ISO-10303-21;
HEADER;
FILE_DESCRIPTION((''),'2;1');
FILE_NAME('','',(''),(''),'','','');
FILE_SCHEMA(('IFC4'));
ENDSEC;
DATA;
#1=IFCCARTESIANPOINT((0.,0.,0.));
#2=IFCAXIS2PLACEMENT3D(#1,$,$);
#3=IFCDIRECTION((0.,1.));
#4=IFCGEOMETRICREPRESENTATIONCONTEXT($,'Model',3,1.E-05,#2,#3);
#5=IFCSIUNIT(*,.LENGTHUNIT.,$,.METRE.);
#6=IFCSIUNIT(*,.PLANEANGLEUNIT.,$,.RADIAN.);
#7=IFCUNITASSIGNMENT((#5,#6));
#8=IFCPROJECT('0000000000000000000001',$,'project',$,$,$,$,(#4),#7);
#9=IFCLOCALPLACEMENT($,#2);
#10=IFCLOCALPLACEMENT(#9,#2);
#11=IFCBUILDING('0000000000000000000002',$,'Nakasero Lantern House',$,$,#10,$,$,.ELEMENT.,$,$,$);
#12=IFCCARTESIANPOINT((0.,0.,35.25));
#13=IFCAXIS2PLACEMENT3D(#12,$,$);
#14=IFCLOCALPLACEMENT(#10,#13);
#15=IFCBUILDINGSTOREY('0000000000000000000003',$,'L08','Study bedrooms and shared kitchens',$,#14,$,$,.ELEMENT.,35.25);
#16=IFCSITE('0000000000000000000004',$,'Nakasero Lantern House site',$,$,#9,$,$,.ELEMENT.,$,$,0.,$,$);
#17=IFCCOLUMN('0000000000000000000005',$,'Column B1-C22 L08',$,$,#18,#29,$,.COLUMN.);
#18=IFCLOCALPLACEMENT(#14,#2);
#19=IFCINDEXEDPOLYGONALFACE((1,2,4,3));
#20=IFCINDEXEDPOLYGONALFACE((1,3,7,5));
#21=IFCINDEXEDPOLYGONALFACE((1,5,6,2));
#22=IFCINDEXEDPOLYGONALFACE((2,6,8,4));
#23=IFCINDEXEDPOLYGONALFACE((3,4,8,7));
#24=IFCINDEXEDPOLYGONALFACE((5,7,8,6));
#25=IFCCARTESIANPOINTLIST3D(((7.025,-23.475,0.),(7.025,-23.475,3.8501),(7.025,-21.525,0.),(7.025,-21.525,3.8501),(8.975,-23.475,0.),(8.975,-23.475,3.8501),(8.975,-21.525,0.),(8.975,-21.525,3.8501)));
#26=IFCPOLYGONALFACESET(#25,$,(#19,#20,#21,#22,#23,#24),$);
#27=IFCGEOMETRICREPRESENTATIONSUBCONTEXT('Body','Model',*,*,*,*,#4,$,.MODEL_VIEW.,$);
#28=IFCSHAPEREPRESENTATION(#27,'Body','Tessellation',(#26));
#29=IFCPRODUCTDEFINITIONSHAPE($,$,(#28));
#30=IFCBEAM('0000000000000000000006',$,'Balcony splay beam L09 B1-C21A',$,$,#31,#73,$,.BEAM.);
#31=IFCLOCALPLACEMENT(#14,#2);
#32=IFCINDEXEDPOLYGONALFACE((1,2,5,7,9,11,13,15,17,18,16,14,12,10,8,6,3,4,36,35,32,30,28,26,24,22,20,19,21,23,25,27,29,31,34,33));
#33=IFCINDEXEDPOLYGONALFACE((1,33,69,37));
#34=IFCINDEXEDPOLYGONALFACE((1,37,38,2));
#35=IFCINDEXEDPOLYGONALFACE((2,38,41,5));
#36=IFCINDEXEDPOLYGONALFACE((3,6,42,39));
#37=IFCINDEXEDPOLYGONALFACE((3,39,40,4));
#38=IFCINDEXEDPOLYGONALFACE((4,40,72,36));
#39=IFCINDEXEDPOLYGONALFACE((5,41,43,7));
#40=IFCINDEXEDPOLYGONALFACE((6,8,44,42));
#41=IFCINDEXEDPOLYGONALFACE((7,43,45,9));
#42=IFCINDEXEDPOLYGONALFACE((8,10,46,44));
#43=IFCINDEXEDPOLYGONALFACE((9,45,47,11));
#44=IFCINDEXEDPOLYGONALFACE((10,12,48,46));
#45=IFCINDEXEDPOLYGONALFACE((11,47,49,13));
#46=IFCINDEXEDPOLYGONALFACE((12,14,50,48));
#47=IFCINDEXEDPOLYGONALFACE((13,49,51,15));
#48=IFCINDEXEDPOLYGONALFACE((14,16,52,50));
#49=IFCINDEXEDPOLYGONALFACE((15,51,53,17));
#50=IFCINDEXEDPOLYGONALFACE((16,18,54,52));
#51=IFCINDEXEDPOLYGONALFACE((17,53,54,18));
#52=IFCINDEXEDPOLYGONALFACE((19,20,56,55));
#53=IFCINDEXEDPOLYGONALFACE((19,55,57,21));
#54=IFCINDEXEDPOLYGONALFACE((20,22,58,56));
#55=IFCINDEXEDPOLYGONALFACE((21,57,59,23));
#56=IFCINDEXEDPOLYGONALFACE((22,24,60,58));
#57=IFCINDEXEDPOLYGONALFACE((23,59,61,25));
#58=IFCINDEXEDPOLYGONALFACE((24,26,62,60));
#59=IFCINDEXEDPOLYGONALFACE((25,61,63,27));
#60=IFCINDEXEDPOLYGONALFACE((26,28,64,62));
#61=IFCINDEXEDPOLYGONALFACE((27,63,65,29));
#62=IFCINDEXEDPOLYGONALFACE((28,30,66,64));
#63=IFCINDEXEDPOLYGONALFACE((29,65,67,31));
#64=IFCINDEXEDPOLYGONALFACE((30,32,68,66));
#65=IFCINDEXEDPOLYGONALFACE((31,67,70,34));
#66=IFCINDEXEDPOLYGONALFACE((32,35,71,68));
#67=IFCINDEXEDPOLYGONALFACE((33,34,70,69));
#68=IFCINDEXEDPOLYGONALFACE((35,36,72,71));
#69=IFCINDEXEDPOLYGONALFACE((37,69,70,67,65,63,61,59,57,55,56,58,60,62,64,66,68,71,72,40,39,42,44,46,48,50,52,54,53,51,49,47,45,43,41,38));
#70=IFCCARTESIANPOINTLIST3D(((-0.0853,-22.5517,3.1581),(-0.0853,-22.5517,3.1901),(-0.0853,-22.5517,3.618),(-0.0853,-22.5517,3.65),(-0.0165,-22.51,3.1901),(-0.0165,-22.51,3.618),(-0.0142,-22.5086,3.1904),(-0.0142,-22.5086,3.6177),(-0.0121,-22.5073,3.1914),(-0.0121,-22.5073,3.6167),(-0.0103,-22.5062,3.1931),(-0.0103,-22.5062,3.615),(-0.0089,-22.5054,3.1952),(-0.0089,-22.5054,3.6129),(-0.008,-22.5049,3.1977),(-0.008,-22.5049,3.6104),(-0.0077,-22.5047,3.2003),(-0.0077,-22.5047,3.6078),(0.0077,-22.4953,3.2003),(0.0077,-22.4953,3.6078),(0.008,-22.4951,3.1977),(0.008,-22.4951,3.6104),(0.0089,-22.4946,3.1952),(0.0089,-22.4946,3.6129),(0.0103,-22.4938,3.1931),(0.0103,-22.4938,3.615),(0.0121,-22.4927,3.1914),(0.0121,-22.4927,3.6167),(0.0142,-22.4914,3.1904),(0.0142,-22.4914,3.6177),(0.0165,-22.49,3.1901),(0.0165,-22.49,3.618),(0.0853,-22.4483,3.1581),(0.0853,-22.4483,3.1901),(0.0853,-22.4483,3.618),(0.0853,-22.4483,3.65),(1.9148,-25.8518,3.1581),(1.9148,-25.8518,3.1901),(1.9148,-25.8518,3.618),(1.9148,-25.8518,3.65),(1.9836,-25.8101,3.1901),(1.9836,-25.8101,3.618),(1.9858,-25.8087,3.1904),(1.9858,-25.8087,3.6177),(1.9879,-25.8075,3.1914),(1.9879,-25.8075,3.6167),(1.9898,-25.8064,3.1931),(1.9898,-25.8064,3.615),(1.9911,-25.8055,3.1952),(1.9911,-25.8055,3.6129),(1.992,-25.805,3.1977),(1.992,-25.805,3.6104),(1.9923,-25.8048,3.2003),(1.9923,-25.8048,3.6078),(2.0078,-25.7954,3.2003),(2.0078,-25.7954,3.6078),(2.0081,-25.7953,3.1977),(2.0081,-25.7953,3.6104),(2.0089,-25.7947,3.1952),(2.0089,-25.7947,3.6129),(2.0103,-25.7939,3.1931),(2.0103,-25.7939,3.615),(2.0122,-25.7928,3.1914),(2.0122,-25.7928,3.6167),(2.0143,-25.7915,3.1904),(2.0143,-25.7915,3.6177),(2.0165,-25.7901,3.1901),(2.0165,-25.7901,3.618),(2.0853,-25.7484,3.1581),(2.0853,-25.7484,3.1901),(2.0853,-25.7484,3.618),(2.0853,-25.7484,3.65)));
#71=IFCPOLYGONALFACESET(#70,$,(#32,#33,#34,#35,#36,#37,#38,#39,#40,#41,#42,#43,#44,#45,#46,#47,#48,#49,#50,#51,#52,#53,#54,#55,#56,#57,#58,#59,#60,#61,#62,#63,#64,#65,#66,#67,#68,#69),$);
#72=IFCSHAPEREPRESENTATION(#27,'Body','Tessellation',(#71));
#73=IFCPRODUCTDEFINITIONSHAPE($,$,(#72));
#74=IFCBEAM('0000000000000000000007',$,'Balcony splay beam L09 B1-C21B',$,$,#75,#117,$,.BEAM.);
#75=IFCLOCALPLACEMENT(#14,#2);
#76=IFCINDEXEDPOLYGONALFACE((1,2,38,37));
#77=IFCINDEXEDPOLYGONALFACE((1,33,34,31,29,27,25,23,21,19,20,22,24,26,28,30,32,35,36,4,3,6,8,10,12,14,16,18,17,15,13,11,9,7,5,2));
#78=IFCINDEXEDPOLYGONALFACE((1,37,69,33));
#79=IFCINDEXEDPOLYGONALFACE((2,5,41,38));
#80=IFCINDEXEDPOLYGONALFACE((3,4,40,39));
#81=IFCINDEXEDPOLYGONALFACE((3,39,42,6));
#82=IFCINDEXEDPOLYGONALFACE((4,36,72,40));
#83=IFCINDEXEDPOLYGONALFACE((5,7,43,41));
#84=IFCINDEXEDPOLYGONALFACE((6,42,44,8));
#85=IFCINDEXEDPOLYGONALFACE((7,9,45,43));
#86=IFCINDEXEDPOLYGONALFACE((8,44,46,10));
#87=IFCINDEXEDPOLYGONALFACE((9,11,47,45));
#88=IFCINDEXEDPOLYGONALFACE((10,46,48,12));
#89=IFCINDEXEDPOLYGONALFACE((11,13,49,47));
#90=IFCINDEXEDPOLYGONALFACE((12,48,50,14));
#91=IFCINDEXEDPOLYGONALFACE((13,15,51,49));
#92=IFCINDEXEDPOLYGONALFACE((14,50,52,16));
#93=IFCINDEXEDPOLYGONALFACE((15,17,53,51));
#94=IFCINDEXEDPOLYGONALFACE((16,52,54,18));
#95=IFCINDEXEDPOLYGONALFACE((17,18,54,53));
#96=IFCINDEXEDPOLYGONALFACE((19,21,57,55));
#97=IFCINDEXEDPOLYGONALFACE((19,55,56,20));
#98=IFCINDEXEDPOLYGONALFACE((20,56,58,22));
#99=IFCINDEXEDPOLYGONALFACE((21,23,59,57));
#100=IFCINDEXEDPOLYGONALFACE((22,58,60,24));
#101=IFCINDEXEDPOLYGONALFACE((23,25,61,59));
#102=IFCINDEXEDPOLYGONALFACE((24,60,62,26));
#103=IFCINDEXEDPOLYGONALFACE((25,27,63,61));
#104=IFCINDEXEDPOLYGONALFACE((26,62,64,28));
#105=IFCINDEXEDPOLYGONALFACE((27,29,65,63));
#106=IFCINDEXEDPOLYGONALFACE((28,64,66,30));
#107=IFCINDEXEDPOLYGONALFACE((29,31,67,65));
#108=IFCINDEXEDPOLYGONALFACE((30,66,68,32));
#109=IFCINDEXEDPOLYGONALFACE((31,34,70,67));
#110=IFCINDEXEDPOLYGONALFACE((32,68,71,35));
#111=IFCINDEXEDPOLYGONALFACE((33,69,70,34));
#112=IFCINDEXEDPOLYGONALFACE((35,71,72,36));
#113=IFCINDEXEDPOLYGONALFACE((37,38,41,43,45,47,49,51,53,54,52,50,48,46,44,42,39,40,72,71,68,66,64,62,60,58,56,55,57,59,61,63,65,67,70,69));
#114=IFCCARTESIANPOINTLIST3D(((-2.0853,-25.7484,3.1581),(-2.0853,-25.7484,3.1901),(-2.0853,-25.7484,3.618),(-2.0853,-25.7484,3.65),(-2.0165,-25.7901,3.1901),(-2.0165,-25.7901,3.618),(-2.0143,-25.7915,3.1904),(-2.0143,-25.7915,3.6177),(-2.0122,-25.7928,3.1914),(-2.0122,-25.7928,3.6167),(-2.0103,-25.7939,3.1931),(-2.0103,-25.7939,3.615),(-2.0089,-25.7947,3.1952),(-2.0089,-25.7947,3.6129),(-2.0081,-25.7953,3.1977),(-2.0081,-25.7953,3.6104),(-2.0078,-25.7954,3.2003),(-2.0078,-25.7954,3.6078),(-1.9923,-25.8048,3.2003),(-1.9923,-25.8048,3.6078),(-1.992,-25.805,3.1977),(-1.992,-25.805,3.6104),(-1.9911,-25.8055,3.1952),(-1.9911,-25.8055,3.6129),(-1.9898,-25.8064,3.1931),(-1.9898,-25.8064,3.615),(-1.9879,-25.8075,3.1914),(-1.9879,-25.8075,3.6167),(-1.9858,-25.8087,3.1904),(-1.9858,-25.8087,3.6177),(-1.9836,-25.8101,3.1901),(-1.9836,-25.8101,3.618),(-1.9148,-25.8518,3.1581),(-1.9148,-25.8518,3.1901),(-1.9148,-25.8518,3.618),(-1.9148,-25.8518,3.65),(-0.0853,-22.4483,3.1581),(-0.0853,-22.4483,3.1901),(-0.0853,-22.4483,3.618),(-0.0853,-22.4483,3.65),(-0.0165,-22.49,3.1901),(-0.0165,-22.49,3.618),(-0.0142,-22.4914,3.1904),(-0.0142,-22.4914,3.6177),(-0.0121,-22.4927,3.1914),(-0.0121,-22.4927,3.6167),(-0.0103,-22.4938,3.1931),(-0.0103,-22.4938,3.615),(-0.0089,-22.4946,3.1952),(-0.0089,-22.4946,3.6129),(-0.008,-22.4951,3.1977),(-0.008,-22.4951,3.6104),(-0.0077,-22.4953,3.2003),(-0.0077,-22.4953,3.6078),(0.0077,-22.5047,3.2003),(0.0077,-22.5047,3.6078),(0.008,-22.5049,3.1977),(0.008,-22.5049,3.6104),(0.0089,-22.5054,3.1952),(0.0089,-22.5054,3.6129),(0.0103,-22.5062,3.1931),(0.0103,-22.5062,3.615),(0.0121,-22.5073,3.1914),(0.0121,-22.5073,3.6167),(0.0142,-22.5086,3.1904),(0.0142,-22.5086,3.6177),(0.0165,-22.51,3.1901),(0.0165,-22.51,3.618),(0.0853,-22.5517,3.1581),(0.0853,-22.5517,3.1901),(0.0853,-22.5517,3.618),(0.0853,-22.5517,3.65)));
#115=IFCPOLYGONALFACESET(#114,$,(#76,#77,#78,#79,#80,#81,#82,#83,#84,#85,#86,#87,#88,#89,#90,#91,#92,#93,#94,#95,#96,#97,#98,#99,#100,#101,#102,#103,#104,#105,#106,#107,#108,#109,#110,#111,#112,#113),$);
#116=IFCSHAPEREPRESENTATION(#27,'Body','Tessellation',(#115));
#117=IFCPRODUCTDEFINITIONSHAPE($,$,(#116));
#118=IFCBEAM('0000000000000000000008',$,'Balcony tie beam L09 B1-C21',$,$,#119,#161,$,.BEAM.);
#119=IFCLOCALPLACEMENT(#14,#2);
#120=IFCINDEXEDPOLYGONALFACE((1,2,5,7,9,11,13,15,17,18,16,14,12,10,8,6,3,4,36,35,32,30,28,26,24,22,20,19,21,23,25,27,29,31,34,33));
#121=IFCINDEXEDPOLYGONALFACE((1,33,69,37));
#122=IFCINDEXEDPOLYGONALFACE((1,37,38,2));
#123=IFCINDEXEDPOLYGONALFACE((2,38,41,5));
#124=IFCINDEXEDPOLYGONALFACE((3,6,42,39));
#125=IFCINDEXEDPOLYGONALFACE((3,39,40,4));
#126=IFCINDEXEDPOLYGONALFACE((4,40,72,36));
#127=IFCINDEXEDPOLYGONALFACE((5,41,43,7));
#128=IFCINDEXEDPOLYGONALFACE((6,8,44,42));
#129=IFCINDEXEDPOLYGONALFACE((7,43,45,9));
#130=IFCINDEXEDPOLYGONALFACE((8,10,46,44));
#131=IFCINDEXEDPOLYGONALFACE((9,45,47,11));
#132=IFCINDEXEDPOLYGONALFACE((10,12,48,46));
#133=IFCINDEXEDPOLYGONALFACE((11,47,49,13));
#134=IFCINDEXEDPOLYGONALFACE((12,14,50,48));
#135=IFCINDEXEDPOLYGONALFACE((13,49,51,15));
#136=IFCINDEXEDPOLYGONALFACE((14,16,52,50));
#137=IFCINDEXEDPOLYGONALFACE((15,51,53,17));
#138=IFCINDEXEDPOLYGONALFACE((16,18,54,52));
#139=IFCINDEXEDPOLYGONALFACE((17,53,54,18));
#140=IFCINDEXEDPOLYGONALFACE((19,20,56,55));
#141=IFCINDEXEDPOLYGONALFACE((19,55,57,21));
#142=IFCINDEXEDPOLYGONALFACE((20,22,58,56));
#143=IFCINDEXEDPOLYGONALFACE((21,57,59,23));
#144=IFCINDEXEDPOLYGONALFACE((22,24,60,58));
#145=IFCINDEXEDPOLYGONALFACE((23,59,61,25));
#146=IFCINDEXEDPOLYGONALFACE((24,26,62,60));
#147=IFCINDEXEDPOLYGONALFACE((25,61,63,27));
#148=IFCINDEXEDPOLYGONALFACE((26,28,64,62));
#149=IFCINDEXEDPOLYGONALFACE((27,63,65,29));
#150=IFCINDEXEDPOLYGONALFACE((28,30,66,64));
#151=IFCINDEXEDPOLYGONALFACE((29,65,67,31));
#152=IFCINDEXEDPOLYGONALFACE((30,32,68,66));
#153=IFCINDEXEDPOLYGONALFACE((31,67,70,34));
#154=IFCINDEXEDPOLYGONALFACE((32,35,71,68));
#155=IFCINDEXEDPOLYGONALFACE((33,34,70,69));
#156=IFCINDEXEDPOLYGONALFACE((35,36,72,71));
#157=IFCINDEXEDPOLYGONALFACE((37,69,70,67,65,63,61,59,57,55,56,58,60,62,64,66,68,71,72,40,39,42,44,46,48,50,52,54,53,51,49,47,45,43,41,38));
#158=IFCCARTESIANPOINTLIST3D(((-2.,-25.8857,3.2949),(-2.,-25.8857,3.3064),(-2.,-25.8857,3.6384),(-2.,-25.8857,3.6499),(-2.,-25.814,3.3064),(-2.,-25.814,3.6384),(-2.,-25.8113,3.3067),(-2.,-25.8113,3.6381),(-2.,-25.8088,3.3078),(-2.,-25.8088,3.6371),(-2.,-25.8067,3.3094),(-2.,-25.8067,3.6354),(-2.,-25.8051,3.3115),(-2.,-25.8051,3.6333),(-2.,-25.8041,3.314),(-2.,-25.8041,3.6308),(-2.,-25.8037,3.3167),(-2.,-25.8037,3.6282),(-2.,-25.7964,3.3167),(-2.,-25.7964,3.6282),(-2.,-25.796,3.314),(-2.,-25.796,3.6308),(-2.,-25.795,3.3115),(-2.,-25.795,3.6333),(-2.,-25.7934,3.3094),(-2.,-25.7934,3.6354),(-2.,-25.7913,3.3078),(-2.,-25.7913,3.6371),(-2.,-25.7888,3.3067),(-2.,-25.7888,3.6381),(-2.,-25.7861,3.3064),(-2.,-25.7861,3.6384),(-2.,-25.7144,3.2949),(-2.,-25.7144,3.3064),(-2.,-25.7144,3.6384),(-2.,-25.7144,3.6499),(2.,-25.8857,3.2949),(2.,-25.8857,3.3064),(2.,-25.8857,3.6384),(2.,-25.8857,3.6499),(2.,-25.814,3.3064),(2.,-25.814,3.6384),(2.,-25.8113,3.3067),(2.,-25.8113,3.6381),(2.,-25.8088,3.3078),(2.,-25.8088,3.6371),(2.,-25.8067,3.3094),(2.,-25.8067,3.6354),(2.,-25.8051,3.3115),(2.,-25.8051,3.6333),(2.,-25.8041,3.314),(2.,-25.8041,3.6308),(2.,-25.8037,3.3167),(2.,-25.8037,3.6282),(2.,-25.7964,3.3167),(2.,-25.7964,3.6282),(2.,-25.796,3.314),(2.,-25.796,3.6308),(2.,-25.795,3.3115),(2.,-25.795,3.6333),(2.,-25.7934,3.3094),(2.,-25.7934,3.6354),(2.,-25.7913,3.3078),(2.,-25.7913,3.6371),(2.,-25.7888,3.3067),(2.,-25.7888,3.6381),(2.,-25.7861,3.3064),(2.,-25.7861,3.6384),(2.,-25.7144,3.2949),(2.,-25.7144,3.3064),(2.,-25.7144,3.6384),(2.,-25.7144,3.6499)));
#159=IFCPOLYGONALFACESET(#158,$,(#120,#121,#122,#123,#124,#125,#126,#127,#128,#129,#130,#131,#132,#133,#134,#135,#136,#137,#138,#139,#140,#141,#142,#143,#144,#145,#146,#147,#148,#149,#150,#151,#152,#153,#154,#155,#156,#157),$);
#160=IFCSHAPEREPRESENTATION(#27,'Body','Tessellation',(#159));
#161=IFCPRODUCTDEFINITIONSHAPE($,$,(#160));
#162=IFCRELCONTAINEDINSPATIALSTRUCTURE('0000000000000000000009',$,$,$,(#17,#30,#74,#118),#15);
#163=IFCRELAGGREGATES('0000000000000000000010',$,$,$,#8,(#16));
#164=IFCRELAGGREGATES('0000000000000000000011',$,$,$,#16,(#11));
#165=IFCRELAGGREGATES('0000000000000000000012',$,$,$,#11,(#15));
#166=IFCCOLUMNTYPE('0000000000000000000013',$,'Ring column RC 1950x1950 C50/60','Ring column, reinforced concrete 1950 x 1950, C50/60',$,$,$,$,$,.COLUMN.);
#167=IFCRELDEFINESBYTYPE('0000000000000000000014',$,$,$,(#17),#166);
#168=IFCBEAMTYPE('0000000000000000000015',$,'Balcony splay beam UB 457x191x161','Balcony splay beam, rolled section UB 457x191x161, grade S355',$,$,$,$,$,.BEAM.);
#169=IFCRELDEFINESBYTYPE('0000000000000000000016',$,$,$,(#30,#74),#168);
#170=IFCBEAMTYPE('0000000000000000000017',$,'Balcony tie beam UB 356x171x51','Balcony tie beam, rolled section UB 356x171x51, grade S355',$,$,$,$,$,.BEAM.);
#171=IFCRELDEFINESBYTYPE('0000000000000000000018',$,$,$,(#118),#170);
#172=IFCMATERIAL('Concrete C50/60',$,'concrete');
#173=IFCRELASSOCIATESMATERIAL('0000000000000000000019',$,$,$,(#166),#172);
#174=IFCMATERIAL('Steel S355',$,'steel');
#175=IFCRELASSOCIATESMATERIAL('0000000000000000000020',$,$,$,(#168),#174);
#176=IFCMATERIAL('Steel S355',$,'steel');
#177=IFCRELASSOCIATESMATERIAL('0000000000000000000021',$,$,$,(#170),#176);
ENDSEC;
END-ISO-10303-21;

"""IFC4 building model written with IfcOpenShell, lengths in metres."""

from ifc_helpers import new_model, si_unit, direction, frame, origin, origin_2d, place, context, subcontext, project, spatial, rectangle, i_section, extrude, material, material_profile, profile_set, type_object, element, save


model = new_model("IFC4")

# Units and contexts
model_context = context("Model", 3, precision=1e-05, world=origin(), true_north=direction((0.0, 1.0)))
body_context = subcontext(model_context, "Body", "Model", "MODEL_VIEW")
ifc_project = project(units=[si_unit("LENGTHUNIT", "METRE"), si_unit("PLANEANGLEUNIT", "RADIAN")], contexts=[model_context])

# Site, building, storey
site_placement = place(None, origin())
site = spatial("IfcSite", under=ifc_project, at=site_placement, Name="Nakasero Lantern House site", CompositionType="ELEMENT", RefElevation=0.0)
building_placement = place(site_placement, origin())
building = spatial("IfcBuilding", under=site, at=building_placement, Name="Nakasero Lantern House", CompositionType="ELEMENT")
storey_placement = place(building_placement, frame((0.0, 0.0, 35.25)))
storey = spatial("IfcBuildingStorey", under=building, at=storey_placement, Name="L08", Description="Study bedrooms and shared kitchens", CompositionType="ELEMENT", Elevation=35.25)

# Column
ifc_material_1 = material(Name="Concrete C50/60", Category="concrete")
ifc_material_profile_1 = material_profile(ifc_material_1, rectangle(XDim=1.95, YDim=1.95, at=origin_2d()), Name="RC 1950x1950")
ifc_profile_set_1 = profile_set([ifc_material_profile_1], Name="Concrete C50/60")
column_type = type_object("IfcColumnType", Name="Ring column RC 1950x1950 C50/60", Description="Ring column, reinforced concrete 1950 x 1950, C50/60", PredefinedType="COLUMN", material=ifc_profile_set_1)
column_placement = place(storey_placement, frame((8.0, -22.5, 0.0), z_axis=(0.0, 0.0, 1.0), x_axis=(1.0, 0.0, 0.0)))
element("IfcColumn", 1, at=column_placement, inside=storey, type_object=column_type, Name="Column B1-C22 L08", PredefinedType="COLUMN", context=body_context, shape_type="SweptSolid", body=[
    extrude(rectangle(XDim=1.95, YDim=1.95, at=origin_2d()), origin(), (0.0, 0.0, 1.0), 3.8501),
])

# Beams
ifc_material_2 = material(Name="Steel S355", Category="steel")
ifc_material_profile_2 = material_profile(ifc_material_2, i_section(OverallWidth=0.1995, OverallDepth=0.4919, WebThickness=0.0181, FlangeThickness=0.032, FilletRadius=0.0103, at=origin_2d()), Name="UB 457x191x161")
ifc_profile_set_2 = profile_set([ifc_material_profile_2], Name="Steel S355")
beam_type_1 = type_object("IfcBeamType", Name="Balcony splay beam UB 457x191x161", Description="Balcony splay beam, rolled section UB 457x191x161, grade S355", PredefinedType="BEAM", material=ifc_profile_set_2)
for number, where, z_axis, x_axis, name in (
    (2, (0.0, -22.5, 3.4041), (0.518296, -0.855201, 0.0), (0.855201, 0.518296, 0.0), "Balcony splay beam L09 B1-C21A"),
    (3, (0.0, -22.5, 3.4041), (-0.518296, -0.855201, 0.0), (0.855201, -0.518296, 0.0), "Balcony splay beam L09 B1-C21B"),
):
    element("IfcBeam", number, at=place(storey_placement, frame(where, z_axis=z_axis, x_axis=x_axis)), inside=storey, type_object=beam_type_1, Name=name, PredefinedType="BEAM", context=body_context, shape_type="SweptSolid", body=[
        extrude(i_section(OverallWidth=0.1995, OverallDepth=0.4919, WebThickness=0.0181, FlangeThickness=0.032, FilletRadius=0.0103, at=origin_2d()), origin(), (0.0, 0.0, 1.0), 3.8589),
    ])
ifc_material_3 = material(Name="Steel S355", Category="steel")
ifc_material_profile_3 = material_profile(ifc_material_3, i_section(OverallWidth=0.1714, OverallDepth=0.355, WebThickness=0.0073, FlangeThickness=0.0115, FilletRadius=0.0103, at=origin_2d()), Name="UB 356x171x51")
ifc_profile_set_3 = profile_set([ifc_material_profile_3], Name="Steel S355")
beam_type_2 = type_object("IfcBeamType", Name="Balcony tie beam UB 356x171x51", Description="Balcony tie beam, rolled section UB 356x171x51, grade S355", PredefinedType="BEAM", material=ifc_profile_set_3)
beam_1_placement = place(storey_placement, frame((2.0, -25.8, 3.4724), z_axis=(-1.0, 0.0, 0.0), x_axis=(0.0, -1.0, 0.0)))
element("IfcBeam", 4, at=beam_1_placement, inside=storey, type_object=beam_type_2, Name="Balcony tie beam L09 B1-C21", PredefinedType="BEAM", context=body_context, shape_type="SweptSolid", body=[
    extrude(i_section(OverallWidth=0.1714, OverallDepth=0.355, WebThickness=0.0073, FlangeThickness=0.0115, FilletRadius=0.0103, at=origin_2d()), origin(), (0.0, 0.0, 1.0), 4.0),
])

save(model, "model.ifc")
